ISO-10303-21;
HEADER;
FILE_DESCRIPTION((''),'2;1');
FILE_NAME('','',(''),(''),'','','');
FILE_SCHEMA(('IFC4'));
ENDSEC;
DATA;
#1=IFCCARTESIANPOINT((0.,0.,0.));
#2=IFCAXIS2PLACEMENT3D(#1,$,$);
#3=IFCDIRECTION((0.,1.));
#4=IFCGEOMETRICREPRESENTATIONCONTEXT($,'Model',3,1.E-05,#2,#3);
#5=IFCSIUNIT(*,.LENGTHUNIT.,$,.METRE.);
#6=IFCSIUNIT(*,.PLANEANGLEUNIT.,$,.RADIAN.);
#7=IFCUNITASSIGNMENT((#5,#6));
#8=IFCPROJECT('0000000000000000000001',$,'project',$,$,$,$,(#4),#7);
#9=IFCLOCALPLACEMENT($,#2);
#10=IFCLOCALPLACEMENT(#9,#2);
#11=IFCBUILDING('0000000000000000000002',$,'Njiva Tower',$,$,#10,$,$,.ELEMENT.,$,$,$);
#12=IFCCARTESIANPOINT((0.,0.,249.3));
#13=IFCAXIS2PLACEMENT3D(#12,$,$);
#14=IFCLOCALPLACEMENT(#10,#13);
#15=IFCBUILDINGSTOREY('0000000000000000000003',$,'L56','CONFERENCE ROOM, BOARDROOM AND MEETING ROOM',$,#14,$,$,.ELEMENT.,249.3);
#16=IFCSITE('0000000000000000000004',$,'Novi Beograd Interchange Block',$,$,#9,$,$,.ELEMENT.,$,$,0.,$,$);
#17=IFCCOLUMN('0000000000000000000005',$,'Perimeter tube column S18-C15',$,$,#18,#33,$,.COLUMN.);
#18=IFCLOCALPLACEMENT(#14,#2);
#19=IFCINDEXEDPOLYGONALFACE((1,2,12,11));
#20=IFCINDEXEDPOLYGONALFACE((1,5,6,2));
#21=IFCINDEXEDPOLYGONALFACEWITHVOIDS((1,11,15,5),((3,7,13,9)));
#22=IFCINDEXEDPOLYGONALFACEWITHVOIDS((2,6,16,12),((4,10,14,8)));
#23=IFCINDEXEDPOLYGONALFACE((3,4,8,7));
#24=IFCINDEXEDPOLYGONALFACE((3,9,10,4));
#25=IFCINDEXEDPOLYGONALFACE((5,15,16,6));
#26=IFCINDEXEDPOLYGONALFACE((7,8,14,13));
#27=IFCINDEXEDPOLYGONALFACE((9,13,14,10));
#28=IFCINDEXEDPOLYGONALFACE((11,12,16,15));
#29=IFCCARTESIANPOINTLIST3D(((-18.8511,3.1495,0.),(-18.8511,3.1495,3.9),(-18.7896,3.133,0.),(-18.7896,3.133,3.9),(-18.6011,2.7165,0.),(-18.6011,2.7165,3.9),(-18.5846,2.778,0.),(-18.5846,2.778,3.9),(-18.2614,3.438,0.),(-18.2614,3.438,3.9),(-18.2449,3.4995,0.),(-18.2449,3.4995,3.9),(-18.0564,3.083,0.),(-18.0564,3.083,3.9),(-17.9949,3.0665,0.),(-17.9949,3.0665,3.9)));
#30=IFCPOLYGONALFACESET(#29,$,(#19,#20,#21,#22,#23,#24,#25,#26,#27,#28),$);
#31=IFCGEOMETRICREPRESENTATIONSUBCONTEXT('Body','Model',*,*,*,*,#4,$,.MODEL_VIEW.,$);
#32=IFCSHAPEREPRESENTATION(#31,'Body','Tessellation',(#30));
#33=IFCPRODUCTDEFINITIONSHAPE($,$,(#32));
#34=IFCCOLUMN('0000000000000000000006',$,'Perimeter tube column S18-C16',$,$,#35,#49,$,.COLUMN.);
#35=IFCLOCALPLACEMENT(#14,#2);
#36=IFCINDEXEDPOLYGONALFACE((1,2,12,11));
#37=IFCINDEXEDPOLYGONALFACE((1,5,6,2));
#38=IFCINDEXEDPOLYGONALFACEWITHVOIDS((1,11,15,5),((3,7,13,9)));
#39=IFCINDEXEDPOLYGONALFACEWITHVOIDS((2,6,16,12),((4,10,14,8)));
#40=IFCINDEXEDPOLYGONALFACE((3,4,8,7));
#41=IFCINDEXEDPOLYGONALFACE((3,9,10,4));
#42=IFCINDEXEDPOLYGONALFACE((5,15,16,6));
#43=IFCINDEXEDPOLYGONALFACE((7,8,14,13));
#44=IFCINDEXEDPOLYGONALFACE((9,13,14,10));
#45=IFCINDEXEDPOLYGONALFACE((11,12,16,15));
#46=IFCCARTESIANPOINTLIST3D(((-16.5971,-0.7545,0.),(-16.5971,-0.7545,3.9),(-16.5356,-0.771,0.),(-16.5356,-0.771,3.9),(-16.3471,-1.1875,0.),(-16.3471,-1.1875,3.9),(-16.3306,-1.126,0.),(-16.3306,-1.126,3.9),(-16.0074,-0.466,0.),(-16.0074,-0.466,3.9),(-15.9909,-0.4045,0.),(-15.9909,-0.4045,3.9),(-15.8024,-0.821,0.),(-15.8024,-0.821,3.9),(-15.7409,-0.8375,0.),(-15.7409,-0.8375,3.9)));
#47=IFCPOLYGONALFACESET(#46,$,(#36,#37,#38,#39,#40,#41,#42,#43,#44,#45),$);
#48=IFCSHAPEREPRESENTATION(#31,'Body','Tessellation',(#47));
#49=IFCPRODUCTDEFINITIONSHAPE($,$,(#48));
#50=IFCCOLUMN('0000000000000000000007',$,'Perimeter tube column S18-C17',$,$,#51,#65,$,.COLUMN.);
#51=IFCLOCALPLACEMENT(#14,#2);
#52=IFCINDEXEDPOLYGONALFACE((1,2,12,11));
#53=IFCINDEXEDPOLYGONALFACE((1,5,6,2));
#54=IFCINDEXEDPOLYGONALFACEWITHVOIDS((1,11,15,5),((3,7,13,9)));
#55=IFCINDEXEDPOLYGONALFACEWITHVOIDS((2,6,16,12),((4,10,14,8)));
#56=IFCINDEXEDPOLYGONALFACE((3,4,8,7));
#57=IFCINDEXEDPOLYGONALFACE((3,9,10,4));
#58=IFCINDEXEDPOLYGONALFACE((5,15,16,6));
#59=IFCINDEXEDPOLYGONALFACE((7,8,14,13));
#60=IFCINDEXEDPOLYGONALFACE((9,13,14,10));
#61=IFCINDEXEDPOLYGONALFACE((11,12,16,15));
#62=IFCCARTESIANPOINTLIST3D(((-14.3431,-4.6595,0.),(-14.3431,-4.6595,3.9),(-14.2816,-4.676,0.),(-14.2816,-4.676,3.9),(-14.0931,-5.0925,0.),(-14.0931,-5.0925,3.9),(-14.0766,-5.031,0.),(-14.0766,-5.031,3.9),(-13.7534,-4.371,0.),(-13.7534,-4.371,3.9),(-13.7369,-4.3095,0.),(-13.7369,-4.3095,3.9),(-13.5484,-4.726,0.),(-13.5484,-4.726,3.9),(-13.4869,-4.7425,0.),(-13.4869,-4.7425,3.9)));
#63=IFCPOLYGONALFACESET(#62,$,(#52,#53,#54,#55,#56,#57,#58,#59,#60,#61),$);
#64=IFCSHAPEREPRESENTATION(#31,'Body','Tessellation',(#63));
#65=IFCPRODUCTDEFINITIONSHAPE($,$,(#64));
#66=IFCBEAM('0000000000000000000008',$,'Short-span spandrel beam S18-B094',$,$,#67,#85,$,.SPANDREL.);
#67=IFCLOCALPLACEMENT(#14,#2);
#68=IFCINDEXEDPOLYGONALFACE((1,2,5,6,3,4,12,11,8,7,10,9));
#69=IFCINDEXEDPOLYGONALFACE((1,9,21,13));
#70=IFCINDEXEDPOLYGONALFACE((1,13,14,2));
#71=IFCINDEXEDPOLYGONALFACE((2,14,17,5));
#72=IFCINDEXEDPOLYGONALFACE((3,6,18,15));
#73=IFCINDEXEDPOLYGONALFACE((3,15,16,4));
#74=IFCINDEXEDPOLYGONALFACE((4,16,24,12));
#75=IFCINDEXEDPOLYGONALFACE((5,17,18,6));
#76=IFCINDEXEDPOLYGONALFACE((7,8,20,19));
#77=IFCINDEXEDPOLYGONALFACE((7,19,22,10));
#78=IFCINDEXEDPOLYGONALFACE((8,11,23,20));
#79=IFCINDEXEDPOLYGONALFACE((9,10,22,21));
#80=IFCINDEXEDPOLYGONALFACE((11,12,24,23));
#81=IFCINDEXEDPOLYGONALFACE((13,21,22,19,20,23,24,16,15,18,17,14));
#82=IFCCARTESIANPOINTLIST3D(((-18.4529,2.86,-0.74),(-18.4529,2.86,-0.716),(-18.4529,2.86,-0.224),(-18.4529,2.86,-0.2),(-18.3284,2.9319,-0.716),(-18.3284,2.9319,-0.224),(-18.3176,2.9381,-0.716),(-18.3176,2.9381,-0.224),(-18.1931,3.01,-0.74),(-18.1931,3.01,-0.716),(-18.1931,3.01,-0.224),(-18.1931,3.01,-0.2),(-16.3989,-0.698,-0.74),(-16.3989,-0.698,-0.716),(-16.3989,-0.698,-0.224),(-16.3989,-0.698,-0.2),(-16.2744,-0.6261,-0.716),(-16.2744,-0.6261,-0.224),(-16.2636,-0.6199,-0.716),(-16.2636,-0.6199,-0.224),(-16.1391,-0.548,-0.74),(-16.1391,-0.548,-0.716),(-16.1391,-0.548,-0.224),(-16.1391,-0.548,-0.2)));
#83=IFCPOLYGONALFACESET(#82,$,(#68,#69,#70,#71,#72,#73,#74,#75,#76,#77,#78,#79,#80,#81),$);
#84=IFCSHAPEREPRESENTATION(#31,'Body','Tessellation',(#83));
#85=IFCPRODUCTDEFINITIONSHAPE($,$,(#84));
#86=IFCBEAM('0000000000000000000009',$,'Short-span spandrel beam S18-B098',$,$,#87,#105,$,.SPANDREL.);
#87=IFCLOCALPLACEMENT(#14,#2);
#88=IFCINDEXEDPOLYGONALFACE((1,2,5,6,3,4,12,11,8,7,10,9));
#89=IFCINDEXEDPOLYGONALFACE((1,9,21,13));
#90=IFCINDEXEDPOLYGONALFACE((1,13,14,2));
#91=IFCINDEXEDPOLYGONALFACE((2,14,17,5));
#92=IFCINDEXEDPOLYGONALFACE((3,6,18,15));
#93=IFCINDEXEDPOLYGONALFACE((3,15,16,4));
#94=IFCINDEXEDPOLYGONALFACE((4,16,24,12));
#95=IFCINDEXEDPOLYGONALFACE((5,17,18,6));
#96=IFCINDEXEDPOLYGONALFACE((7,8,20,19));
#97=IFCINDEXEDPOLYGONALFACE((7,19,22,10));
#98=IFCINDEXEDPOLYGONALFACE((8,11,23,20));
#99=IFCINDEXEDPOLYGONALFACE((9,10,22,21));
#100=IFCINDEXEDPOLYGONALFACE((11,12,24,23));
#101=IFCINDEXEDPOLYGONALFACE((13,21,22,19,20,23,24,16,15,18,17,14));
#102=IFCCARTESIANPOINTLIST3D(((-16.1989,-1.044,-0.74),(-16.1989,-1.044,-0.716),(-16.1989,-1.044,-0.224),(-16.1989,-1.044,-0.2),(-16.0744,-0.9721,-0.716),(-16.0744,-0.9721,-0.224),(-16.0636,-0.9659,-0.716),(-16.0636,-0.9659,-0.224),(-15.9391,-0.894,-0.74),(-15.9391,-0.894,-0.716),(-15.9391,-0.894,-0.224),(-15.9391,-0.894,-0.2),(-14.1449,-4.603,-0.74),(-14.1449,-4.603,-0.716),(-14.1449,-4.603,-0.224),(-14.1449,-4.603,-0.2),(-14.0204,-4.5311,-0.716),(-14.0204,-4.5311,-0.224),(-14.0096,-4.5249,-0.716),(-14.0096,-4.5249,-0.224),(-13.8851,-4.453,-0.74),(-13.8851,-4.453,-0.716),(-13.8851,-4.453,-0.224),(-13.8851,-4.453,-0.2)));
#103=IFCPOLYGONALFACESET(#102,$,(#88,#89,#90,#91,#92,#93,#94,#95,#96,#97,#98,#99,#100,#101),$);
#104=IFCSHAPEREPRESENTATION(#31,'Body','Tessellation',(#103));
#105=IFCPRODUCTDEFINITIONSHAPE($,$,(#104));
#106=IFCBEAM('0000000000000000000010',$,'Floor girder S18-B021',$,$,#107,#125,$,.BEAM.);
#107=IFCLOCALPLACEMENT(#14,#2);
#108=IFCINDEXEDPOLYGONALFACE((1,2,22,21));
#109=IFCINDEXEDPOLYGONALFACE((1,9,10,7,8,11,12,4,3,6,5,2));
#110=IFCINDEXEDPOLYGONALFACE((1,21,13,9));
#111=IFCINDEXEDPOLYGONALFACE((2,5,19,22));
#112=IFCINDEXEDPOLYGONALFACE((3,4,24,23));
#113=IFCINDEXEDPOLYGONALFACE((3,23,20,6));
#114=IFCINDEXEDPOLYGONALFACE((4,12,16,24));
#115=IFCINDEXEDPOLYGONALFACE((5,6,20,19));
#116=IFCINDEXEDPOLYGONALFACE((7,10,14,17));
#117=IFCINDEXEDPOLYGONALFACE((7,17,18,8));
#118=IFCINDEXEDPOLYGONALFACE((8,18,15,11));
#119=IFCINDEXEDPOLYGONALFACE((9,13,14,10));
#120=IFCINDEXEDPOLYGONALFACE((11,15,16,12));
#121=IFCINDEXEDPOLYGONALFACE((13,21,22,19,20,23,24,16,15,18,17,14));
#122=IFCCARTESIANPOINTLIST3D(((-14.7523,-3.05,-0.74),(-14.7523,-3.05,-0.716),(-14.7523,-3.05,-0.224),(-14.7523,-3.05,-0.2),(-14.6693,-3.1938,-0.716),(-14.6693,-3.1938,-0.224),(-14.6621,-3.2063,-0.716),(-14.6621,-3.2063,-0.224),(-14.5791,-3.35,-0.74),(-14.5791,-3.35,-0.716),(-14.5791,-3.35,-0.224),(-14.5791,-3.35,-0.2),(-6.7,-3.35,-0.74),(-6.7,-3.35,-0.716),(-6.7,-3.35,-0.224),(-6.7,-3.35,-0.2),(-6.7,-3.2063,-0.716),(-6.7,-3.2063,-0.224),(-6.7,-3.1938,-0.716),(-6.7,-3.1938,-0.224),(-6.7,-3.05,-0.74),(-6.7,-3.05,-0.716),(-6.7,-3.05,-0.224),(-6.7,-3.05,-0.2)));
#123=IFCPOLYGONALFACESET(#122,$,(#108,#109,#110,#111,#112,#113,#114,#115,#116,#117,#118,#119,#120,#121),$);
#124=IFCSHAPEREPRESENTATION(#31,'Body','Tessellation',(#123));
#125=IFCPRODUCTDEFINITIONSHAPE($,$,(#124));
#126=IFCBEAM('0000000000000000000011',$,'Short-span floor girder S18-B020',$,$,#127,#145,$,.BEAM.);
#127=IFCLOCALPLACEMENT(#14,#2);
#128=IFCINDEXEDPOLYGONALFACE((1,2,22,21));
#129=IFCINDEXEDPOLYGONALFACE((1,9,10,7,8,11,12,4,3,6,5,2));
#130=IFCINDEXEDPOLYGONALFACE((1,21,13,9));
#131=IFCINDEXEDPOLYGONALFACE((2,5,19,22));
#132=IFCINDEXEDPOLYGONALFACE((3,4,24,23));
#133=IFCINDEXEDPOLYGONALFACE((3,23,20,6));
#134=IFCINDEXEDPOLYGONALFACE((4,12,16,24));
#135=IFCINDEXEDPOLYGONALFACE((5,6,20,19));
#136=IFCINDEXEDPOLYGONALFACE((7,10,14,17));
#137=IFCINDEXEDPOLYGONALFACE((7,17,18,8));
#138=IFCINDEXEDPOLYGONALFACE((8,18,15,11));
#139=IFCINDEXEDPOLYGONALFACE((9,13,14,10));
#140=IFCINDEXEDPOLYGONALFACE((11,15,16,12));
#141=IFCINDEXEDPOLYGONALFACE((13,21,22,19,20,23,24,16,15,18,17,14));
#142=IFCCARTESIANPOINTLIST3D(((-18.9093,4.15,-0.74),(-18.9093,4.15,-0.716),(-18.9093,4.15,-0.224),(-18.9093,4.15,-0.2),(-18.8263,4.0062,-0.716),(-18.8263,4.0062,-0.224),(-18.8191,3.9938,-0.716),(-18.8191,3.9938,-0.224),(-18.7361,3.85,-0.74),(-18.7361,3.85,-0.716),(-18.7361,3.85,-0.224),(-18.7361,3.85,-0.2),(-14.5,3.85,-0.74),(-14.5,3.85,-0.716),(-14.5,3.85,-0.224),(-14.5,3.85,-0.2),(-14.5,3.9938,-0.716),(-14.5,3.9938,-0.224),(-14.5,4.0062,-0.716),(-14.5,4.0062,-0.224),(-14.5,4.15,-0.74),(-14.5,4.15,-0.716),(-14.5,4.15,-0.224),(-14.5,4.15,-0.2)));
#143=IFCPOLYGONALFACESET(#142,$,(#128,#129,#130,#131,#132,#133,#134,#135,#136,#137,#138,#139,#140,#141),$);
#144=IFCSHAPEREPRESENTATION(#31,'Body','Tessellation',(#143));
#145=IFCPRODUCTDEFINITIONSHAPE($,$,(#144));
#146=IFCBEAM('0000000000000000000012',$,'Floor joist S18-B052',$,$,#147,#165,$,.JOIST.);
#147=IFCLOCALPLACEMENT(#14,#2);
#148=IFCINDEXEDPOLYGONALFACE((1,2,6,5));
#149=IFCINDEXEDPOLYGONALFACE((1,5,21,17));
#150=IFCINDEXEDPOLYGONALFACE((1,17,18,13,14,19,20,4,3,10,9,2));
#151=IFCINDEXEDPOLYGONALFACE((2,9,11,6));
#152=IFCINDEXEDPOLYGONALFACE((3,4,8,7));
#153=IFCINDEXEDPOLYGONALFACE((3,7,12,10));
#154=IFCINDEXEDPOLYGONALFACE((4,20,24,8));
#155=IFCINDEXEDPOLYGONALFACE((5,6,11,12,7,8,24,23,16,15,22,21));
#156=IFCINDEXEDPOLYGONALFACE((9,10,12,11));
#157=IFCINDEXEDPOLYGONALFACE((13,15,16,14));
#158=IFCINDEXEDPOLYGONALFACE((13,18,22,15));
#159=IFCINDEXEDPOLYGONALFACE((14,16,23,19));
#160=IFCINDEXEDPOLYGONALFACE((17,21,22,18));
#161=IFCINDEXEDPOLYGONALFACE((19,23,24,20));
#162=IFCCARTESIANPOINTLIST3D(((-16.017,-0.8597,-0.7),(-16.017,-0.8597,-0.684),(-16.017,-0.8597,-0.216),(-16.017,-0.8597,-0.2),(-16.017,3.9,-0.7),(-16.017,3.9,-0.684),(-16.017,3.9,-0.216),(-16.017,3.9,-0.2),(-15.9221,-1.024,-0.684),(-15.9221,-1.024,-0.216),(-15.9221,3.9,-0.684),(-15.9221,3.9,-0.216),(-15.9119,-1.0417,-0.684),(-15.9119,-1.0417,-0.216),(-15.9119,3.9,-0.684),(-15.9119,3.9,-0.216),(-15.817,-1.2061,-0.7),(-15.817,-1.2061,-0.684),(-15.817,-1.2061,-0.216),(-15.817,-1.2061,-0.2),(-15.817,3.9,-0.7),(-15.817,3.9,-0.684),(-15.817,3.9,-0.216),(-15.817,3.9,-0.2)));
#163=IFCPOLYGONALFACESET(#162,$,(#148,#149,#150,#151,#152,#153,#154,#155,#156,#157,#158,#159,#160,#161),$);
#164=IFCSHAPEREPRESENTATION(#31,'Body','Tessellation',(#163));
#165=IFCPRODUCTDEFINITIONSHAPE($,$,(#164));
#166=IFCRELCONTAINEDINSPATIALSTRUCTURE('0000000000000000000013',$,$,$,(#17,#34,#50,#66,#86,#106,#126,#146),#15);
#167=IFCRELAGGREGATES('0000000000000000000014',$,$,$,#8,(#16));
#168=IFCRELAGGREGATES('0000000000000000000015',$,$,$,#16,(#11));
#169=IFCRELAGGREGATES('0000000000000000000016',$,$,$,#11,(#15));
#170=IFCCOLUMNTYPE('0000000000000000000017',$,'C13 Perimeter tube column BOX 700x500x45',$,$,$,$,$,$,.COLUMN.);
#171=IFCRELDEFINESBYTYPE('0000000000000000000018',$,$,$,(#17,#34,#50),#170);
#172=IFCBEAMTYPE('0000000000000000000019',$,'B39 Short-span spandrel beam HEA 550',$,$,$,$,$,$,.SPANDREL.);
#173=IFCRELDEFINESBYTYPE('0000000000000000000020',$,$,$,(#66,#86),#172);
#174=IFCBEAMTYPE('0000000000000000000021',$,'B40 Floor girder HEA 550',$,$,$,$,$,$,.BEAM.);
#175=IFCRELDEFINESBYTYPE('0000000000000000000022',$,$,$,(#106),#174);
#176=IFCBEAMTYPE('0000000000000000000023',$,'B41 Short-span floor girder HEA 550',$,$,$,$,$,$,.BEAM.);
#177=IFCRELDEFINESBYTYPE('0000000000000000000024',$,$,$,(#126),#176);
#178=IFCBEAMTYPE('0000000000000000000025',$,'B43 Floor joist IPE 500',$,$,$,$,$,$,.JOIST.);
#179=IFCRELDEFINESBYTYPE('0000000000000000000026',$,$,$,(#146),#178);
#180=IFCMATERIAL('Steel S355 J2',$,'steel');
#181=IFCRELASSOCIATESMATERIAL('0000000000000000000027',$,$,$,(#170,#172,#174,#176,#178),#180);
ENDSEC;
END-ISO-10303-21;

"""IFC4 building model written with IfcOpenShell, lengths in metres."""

from ifc_helpers import new_model, si_unit, direction, frame, origin, origin_2d, place, context, subcontext, project, spatial, hollow_rectangle, i_section, extrude, clip, halfspace, material, material_profile, profile_set, type_object, element, save


model = new_model("IFC4")

# Units and contexts
model_context = context("Model", 3, precision=1e-05, world=origin(), true_north=direction((0.0, 1.0)))
body_context = subcontext(model_context, "Body", "Model", "MODEL_VIEW")
ifc_project = project(units=[si_unit("LENGTHUNIT", "METRE"), si_unit("PLANEANGLEUNIT", "RADIAN")], contexts=[model_context])

# Site, building, storey
site_placement = place(None, origin())
site = spatial("IfcSite", under=ifc_project, at=site_placement, Name="Novi Beograd Interchange Block", CompositionType="ELEMENT", RefElevation=0.0)
building_placement = place(site_placement, origin())
building = spatial("IfcBuilding", under=site, at=building_placement, Name="Njiva Tower", CompositionType="ELEMENT")
storey_placement = place(building_placement, frame((0.0, 0.0, 249.3)))
storey = spatial("IfcBuildingStorey", under=building, at=storey_placement, Name="L56", Description="CONFERENCE ROOM, BOARDROOM AND MEETING ROOM", CompositionType="ELEMENT", Elevation=249.3)

# Columns
ifc_material_1 = material(Name="Steel S355 J2", Category="steel")
ifc_material_profile_1 = material_profile(ifc_material_1, hollow_rectangle(XDim=0.5, YDim=0.7, WallThickness=0.045, at=origin_2d()), Name="BOX 700x500x45")
ifc_profile_set_1 = profile_set([ifc_material_profile_1], Name="Steel S355 J2")
column_type = type_object("IfcColumnType", Name="C13 Perimeter tube column BOX 700x500x45", PredefinedType="COLUMN", material=ifc_profile_set_1)
for number, where, z_axis, x_axis, name in (
    (1, (-18.423, 3.108, 0.0), (0.0, 0.0, 1.0), (0.5, -0.866025, 0.0), "Perimeter tube column S18-C15"),
    (2, (-16.169, -0.796, 0.0), (0.0, 0.0, 1.0), (0.5, -0.866025, 0.0), "Perimeter tube column S18-C16"),
    (3, (-13.915, -4.701, 0.0), (0.0, 0.0, 1.0), (0.5, -0.866025, 0.0), "Perimeter tube column S18-C17"),
):
    element("IfcColumn", number, at=place(storey_placement, frame(where, z_axis=z_axis, x_axis=x_axis)), inside=storey, type_object=column_type, Name=name, PredefinedType="COLUMN", context=body_context, shape_type="SweptSolid", body=[
        extrude(hollow_rectangle(XDim=0.5, YDim=0.7, WallThickness=0.045, at=origin_2d()), origin(), (0.0, 0.0, 1.0), 3.9),
    ])

# Beams
ifc_material_profile_2 = material_profile(ifc_material_1, i_section(OverallWidth=0.3, OverallDepth=0.54, WebThickness=0.0125, FlangeThickness=0.024, at=origin_2d()), Name="HEA 550")
ifc_profile_set_2 = profile_set([ifc_material_profile_2], Name="Steel S355 J2")
beam_type_1 = type_object("IfcBeamType", Name="B39 Short-span spandrel beam HEA 550", PredefinedType="SPANDREL", material=ifc_profile_set_2)
beam_1_placement = place(storey_placement, frame((-18.323, 2.935, -0.47), z_axis=(0.499961, -0.866048, 0.0), x_axis=(0.866048, 0.499961, 0.0)))
element("IfcBeam", 4, at=beam_1_placement, inside=storey, type_object=beam_type_1, Name="Short-span spandrel beam S18-B094", PredefinedType="SPANDREL", context=body_context, shape_type="SweptSolid", body=[
    extrude(i_section(OverallWidth=0.3, OverallDepth=0.54, WebThickness=0.0125, FlangeThickness=0.024, at=origin_2d()), origin(), (0.0, 0.0, 1.0), 4.1083),
])
beam_2_placement = place(storey_placement, frame((-16.069, -0.969, -0.47), z_axis=(0.499856, -0.866109, 0.0), x_axis=(0.866109, 0.499856, 0.0)))
element("IfcBeam", 5, at=beam_2_placement, inside=storey, type_object=beam_type_1, Name="Short-span spandrel beam S18-B098", PredefinedType="SPANDREL", context=body_context, shape_type="SweptSolid", body=[
    extrude(i_section(OverallWidth=0.3, OverallDepth=0.54, WebThickness=0.0125, FlangeThickness=0.024, at=origin_2d()), origin(), (0.0, 0.0, 1.0), 4.1092),
])
ifc_material_profile_3 = material_profile(ifc_material_1, i_section(OverallWidth=0.3, OverallDepth=0.54, WebThickness=0.0125, FlangeThickness=0.024, at=origin_2d()), Name="HEA 550")
ifc_profile_set_3 = profile_set([ifc_material_profile_3], Name="Steel S355 J2")
beam_type_2 = type_object("IfcBeamType", Name="B40 Floor girder HEA 550", PredefinedType="BEAM", material=ifc_profile_set_3)
beam_3_placement = place(storey_placement, frame((-14.773, -3.2, -0.47), z_axis=(1.0, 0.0, 0.0), x_axis=(0.0, 1.0, 0.0)))
element("IfcBeam", 6, at=beam_3_placement, inside=storey, type_object=beam_type_2, Name="Floor girder S18-B021", PredefinedType="BEAM", context=body_context, shape_type="Clipping", body=[
    clip(extrude(i_section(OverallWidth=0.3, OverallDepth=0.54, WebThickness=0.0125, FlangeThickness=0.024, at=origin_2d()), origin(), (0.0, 0.0, 1.0), 8.073), halfspace(frame((-0.025, 0.0, 0.1217), z_axis=(-0.499998, 0.0, -0.866027), x_axis=(0.0, -1.0, 0.0)), False)),
])
ifc_material_profile_4 = material_profile(ifc_material_1, i_section(OverallWidth=0.3, OverallDepth=0.54, WebThickness=0.0125, FlangeThickness=0.024, at=origin_2d()), Name="HEA 550")
ifc_profile_set_4 = profile_set([ifc_material_profile_4], Name="Steel S355 J2")
beam_type_3 = type_object("IfcBeamType", Name="B41 Short-span floor girder HEA 550", PredefinedType="BEAM", material=ifc_profile_set_4)
beam_4_placement = place(storey_placement, frame((-18.93, 4.0, -0.47), z_axis=(1.0, 0.0, 0.0), x_axis=(0.0, 1.0, 0.0)))
element("IfcBeam", 7, at=beam_4_placement, inside=storey, type_object=beam_type_3, Name="Short-span floor girder S18-B020", PredefinedType="BEAM", context=body_context, shape_type="Clipping", body=[
    clip(extrude(i_section(OverallWidth=0.3, OverallDepth=0.54, WebThickness=0.0125, FlangeThickness=0.024, at=origin_2d()), origin(), (0.0, 0.0, 1.0), 4.43), halfspace(frame((-0.025, 0.0, 0.1217), z_axis=(-0.499998, 0.0, -0.866027), x_axis=(0.0, -1.0, 0.0)), False)),
])
ifc_material_profile_5 = material_profile(ifc_material_1, i_section(OverallWidth=0.2, OverallDepth=0.5, WebThickness=0.0102, FlangeThickness=0.016, at=origin_2d()), Name="IPE 500")
ifc_profile_set_5 = profile_set([ifc_material_profile_5], Name="Steel S355 J2")
beam_type_4 = type_object("IfcBeamType", Name="B43 Floor joist IPE 500", PredefinedType="JOIST", material=ifc_profile_set_5)
beam_5_placement = place(storey_placement, frame((-15.917, 3.9, -0.45), z_axis=(0.0, -1.0, 0.0), x_axis=(1.0, 0.0, 0.0)))
element("IfcBeam", 8, at=beam_5_placement, inside=storey, type_object=beam_type_4, Name="Floor joist S18-B052", PredefinedType="JOIST", context=body_context, shape_type="Clipping", body=[
    clip(extrude(i_section(OverallWidth=0.2, OverallDepth=0.5, WebThickness=0.0102, FlangeThickness=0.016, at=origin_2d()), origin(), (0.0, 0.0, 1.0), 5.126), halfspace(frame((-0.043, 0.0, 4.8584), z_axis=(-0.866027, 0.0, 0.499998), x_axis=(0.0, 1.0, 0.0)), False)),
])

save(model, "model.ifc")
